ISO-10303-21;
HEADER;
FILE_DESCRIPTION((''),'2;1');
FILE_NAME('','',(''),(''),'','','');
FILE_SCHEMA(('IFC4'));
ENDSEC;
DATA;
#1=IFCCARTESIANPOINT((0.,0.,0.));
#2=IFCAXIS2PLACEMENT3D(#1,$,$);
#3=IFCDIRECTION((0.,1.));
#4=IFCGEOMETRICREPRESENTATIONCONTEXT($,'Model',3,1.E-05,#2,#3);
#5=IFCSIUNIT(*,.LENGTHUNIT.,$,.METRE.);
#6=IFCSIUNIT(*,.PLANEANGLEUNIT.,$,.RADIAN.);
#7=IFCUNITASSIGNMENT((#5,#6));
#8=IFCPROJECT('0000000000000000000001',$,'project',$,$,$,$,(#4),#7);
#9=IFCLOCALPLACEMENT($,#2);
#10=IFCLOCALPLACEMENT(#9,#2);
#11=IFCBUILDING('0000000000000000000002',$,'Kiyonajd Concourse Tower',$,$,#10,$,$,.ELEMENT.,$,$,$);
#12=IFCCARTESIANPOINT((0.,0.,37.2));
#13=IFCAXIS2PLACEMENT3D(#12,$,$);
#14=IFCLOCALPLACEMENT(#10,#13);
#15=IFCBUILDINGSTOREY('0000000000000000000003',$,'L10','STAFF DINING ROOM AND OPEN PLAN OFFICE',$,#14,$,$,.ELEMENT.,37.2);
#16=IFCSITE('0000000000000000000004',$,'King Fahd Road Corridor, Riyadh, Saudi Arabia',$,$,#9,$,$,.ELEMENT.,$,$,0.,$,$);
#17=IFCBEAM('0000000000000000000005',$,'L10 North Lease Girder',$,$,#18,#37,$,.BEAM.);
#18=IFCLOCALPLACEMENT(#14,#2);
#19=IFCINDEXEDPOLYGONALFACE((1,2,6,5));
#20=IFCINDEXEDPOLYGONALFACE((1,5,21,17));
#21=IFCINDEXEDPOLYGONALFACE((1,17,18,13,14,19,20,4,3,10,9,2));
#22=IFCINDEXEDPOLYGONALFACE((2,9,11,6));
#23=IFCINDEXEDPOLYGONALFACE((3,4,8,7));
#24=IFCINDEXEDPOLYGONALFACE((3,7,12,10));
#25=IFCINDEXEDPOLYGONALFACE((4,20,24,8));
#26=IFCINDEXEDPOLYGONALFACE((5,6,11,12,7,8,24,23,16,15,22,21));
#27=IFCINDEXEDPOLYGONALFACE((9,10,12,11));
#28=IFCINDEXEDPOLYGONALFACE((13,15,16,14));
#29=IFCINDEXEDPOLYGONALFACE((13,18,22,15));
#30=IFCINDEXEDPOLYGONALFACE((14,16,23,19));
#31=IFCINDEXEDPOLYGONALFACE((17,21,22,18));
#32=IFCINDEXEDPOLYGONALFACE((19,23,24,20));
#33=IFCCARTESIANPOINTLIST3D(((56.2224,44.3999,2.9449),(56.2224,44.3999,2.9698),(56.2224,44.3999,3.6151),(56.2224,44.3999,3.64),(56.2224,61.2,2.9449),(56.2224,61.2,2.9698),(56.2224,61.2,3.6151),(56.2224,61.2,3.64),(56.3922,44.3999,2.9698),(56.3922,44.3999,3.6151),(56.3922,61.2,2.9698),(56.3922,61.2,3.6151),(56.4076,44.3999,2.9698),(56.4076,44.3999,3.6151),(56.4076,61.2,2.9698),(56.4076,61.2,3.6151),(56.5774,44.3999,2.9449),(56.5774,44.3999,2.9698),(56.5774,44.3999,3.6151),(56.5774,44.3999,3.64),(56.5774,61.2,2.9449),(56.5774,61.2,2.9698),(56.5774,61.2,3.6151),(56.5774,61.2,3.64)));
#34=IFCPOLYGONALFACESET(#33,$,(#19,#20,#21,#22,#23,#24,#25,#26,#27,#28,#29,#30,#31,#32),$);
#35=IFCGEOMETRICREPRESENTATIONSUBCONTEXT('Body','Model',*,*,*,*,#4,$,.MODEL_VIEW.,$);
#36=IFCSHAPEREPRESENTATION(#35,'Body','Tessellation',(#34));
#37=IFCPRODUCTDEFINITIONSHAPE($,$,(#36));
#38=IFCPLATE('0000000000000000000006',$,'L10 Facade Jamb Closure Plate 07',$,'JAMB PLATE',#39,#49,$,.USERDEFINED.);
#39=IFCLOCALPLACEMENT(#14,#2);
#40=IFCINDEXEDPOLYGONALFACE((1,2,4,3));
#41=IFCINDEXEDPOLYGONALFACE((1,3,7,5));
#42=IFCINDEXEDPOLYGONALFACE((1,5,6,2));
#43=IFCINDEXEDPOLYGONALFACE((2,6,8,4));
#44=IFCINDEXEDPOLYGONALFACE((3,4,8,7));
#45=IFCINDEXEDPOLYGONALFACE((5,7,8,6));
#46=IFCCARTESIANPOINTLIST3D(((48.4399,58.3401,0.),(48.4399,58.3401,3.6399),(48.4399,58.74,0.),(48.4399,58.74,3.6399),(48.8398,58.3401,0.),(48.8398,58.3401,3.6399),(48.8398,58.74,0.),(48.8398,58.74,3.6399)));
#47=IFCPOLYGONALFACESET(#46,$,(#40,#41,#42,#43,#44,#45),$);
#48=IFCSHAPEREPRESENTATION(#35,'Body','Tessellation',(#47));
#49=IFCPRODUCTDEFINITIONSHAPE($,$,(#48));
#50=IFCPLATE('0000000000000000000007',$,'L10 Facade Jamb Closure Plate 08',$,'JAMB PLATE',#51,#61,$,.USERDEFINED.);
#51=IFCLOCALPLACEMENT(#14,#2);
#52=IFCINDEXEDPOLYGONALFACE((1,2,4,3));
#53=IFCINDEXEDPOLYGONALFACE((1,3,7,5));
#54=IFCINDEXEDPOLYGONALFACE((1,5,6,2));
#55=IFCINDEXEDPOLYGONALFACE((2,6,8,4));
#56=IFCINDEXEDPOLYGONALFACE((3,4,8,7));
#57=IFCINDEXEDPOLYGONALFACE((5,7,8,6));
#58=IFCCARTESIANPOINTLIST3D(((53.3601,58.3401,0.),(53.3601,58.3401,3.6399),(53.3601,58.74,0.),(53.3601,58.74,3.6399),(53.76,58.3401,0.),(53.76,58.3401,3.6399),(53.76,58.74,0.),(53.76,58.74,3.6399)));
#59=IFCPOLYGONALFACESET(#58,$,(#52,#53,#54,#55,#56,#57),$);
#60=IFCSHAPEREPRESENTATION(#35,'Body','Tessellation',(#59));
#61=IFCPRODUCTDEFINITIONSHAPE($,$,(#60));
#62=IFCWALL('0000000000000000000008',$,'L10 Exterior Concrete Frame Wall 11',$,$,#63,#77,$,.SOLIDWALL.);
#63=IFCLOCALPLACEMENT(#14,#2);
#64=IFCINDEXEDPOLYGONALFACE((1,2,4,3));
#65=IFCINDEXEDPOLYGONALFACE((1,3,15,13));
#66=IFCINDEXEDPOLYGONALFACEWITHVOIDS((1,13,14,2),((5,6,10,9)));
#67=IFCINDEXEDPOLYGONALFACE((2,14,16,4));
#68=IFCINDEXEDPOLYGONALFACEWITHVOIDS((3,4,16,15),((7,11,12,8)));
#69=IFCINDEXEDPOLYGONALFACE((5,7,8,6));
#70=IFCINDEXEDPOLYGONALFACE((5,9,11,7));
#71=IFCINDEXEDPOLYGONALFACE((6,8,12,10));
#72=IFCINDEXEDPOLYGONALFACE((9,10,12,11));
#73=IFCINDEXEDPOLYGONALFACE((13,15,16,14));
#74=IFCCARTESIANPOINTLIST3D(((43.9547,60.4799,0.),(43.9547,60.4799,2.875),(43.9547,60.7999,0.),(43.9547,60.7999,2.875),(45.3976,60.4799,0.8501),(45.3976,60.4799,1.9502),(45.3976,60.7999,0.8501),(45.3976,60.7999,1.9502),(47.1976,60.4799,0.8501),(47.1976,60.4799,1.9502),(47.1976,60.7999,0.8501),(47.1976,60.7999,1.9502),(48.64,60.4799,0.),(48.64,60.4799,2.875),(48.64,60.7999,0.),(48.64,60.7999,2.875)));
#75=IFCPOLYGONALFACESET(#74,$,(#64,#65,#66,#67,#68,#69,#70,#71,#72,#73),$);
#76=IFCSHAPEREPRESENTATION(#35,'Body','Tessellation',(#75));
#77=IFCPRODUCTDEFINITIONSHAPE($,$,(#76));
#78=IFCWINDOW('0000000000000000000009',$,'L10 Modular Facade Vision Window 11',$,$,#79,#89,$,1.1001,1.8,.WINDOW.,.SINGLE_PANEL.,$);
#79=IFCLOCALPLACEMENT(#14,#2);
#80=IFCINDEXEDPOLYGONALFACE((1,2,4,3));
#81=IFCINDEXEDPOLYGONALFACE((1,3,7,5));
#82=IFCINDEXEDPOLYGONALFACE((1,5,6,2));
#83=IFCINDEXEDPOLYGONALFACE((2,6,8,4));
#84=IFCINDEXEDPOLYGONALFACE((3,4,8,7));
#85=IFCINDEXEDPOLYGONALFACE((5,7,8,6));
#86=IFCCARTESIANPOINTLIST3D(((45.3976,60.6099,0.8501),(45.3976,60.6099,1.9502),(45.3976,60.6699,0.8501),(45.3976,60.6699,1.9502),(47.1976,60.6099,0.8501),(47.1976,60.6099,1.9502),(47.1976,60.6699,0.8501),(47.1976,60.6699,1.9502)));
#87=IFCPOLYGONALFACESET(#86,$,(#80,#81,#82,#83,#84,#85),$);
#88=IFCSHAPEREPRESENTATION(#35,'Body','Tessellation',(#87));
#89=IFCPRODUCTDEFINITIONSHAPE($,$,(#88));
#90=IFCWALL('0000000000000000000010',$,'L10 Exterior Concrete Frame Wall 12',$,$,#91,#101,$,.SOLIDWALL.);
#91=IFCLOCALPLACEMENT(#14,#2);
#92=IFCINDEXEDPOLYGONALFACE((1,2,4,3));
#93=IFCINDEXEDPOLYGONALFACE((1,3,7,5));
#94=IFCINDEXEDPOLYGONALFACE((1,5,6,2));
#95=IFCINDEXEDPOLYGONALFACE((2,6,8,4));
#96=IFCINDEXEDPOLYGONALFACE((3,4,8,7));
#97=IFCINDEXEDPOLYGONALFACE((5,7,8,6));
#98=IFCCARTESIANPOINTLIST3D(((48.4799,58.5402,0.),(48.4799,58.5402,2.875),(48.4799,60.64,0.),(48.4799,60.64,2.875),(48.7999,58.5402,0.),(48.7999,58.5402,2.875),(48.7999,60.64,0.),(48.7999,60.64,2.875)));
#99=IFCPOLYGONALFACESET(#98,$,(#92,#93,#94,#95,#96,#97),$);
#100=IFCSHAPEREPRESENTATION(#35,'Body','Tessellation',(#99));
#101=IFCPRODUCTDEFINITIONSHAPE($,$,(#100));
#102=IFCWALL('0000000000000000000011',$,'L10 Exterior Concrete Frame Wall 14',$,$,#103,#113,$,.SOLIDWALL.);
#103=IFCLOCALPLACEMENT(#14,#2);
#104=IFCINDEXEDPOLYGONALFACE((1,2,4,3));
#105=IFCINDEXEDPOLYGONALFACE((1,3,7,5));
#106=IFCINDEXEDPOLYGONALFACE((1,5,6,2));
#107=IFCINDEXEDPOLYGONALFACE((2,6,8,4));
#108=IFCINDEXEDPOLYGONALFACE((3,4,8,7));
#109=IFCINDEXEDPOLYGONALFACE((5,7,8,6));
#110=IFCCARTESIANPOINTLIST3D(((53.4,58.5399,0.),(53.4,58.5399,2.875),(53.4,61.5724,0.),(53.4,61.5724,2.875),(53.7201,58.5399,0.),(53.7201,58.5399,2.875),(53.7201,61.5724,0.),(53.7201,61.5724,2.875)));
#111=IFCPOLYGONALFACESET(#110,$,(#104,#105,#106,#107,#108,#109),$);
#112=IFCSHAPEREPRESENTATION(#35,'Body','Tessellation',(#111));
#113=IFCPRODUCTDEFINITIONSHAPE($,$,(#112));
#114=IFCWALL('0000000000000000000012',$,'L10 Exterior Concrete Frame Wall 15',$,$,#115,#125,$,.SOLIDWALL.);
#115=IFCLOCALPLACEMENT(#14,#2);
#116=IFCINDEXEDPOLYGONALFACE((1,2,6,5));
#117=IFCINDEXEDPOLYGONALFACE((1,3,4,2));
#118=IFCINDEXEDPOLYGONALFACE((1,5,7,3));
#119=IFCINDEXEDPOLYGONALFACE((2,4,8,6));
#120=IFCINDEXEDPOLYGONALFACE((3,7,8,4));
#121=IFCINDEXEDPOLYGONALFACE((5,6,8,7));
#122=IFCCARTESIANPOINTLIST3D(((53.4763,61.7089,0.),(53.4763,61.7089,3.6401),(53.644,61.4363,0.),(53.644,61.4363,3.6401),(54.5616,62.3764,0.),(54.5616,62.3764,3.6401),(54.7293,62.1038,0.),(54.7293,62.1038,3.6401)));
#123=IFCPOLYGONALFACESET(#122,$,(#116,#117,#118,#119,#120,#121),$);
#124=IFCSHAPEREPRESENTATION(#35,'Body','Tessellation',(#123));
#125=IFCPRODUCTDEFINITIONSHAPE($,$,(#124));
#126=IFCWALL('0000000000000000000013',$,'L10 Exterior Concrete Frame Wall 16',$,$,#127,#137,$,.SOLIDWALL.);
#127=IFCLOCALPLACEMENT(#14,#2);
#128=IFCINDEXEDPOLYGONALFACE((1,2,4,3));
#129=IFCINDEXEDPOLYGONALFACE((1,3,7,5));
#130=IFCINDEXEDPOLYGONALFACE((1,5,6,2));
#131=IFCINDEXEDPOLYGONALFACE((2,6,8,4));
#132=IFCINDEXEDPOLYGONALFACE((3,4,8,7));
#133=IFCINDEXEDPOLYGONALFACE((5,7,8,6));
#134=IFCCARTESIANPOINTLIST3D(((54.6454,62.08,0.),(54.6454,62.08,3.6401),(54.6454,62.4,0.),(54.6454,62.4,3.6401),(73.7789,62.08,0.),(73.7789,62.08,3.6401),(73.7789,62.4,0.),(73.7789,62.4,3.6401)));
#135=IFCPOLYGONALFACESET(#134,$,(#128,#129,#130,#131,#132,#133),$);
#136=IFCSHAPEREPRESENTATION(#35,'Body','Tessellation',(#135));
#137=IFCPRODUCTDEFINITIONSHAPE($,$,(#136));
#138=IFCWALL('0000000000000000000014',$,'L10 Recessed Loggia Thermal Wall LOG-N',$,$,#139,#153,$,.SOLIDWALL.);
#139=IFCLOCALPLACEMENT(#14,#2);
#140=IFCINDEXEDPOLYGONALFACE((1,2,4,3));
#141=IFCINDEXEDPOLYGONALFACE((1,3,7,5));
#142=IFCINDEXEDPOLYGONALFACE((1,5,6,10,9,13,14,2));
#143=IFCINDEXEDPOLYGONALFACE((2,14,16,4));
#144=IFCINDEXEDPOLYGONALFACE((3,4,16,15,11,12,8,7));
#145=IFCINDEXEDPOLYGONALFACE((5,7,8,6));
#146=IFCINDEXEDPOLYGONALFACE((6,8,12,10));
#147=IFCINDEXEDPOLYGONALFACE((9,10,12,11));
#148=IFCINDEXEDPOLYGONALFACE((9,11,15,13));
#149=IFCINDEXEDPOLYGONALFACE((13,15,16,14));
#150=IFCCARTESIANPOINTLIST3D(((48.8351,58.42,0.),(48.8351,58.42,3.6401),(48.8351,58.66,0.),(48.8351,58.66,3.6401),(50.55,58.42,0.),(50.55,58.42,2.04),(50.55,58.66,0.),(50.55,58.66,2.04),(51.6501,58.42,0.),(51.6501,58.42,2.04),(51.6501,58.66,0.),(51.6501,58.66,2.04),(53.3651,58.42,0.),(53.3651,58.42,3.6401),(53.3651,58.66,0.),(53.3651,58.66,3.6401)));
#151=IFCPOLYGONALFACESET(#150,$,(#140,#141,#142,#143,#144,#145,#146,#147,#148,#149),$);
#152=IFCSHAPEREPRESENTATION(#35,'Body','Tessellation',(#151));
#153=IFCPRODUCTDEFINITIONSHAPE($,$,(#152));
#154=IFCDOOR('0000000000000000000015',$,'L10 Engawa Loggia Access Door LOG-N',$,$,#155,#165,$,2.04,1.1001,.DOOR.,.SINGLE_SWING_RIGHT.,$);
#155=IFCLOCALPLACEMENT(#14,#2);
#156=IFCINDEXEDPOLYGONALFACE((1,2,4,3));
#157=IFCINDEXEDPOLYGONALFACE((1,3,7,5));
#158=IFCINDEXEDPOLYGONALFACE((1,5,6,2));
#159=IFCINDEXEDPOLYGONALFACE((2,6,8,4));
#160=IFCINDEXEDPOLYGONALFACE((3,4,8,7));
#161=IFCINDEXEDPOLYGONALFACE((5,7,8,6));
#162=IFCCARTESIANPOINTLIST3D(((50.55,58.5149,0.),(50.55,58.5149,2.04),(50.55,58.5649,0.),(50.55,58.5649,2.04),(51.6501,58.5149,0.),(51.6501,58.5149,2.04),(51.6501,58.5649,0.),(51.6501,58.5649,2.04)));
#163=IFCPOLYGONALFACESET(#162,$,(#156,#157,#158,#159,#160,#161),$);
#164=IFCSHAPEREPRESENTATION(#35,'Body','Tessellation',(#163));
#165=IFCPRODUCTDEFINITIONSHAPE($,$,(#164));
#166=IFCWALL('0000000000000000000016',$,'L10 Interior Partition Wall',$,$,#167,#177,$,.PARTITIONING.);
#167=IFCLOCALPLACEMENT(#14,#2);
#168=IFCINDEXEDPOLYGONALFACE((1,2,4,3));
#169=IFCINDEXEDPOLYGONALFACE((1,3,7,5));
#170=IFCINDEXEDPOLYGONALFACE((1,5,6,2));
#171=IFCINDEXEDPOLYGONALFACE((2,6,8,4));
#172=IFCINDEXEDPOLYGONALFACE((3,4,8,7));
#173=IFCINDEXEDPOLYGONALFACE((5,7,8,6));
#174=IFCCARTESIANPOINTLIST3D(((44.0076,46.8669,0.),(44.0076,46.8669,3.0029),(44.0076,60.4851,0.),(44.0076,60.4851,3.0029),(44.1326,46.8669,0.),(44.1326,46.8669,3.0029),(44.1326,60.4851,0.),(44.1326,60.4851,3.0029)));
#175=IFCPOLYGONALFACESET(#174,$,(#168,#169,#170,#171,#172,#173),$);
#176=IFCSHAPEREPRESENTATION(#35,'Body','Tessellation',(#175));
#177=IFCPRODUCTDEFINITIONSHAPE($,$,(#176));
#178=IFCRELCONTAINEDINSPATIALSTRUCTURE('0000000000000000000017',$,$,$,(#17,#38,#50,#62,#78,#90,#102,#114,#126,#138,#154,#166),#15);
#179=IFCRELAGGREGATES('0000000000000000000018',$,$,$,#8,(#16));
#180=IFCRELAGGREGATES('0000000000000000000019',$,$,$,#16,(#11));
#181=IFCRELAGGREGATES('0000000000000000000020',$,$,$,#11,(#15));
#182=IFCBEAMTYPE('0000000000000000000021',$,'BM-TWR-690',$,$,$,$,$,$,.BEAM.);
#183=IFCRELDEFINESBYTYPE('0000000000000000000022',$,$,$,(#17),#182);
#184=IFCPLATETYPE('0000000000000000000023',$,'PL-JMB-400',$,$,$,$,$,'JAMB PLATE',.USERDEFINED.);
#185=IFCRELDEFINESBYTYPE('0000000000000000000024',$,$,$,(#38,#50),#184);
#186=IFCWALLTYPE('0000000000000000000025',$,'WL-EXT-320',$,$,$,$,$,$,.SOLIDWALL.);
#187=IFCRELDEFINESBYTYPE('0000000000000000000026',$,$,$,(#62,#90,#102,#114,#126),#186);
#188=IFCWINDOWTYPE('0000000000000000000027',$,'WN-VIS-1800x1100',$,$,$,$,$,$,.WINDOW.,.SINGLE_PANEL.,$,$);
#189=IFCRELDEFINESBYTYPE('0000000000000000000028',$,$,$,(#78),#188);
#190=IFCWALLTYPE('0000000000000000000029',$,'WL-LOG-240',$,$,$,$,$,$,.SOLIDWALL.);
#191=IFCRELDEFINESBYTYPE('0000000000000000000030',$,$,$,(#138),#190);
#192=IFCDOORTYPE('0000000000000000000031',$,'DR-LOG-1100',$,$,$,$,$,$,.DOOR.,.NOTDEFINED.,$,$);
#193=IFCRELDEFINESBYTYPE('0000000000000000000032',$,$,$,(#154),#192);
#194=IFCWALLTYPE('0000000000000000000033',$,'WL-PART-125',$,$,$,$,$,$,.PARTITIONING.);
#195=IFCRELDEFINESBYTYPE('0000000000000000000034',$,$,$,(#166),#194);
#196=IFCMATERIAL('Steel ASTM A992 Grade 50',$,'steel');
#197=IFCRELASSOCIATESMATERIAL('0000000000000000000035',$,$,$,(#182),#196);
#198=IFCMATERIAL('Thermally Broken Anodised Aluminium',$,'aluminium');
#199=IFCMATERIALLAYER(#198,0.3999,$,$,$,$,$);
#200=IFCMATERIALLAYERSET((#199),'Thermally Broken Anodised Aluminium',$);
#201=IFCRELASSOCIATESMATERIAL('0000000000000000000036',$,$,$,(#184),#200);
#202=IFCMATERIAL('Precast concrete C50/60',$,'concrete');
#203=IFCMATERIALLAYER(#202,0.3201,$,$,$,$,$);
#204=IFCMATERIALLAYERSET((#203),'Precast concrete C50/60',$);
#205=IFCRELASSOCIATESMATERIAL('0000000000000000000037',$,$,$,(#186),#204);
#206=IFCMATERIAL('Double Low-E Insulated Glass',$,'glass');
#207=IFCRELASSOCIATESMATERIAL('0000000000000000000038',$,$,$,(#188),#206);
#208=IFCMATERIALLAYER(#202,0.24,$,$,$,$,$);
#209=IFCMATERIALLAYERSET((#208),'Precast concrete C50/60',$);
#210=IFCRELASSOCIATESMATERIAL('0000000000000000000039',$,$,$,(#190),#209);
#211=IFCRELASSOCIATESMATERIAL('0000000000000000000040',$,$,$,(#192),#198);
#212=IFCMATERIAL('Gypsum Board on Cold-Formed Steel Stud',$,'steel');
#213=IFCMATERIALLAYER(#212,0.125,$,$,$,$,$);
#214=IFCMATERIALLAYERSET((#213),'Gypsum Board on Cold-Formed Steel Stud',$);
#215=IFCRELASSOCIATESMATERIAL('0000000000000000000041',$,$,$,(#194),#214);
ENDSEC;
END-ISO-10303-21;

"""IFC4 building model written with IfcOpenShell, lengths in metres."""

from ifc_helpers import new_model, si_unit, direction, frame, frame_2d, origin, origin_2d, place, context, subcontext, project, spatial, rectangle, i_section, extrude, material, layer, layer_set, material_profile, profile_set, type_object, element, fill, save


model = new_model("IFC4")

# Units and contexts
model_context = context("Model", 3, precision=1e-05, world=origin(), true_north=direction((0.0, 1.0)))
body_context = subcontext(model_context, "Body", "Model", "MODEL_VIEW")
ifc_project = project(units=[si_unit("LENGTHUNIT", "METRE"), si_unit("PLANEANGLEUNIT", "RADIAN")], contexts=[model_context])

# Site, building, storey
site_placement = place(None, origin())
site = spatial("IfcSite", under=ifc_project, at=site_placement, Name="King Fahd Road Corridor, Riyadh, Saudi Arabia", CompositionType="ELEMENT", RefElevation=0.0)
building_placement = place(site_placement, origin())
building = spatial("IfcBuilding", under=site, at=building_placement, Name="Kiyonajd Concourse Tower", CompositionType="ELEMENT")
storey_placement = place(building_placement, frame((0.0, 0.0, 37.2)))
storey = spatial("IfcBuildingStorey", under=building, at=storey_placement, Name="L10", Description="STAFF DINING ROOM AND OPEN PLAN OFFICE", CompositionType="ELEMENT", Elevation=37.2)

# Beam
ifc_material_1 = material(Name="Steel ASTM A992 Grade 50", Category="steel")
ifc_material_2 = material(Name="Precast concrete C50/60", Category="concrete")
ifc_material_profile_1 = material_profile(ifc_material_1, i_section(OverallWidth=0.355, OverallDepth=0.6951, WebThickness=0.0154, FlangeThickness=0.0249, at=origin_2d()), Name="W690X217")
ifc_profile_set_1 = profile_set([ifc_material_profile_1], Name="Steel ASTM A992 Grade 50")
beam_type_1 = type_object("IfcBeamType", Name="BM-TWR-690", PredefinedType="BEAM", material=ifc_profile_set_1)
beam_1_placement = place(storey_placement, frame((56.3999, 44.3999, 3.2925), z_axis=(0.0, 1.0, 0.0), x_axis=(-1.0, 0.0, 0.0)))
element("IfcBeam", 1, at=beam_1_placement, inside=storey, type_object=beam_type_1, Name="L10 North Lease Girder", PredefinedType="BEAM", context=body_context, shape_type="SweptSolid", body=[
    extrude(i_section(OverallWidth=0.355, OverallDepth=0.6951, WebThickness=0.0154, FlangeThickness=0.0249, at=origin_2d()), origin(), (0.0, 0.0, 1.0), 16.8),
])

# Plates
ifc_material_3 = material(Name="Thermally Broken Anodised Aluminium", Category="aluminium")
ifc_layer_1 = layer(ifc_material_3, 0.3999)
ifc_layer_set_1 = layer_set([ifc_layer_1], Name="Thermally Broken Anodised Aluminium")
plate_type = type_object("IfcPlateType", Name="PL-JMB-400", ElementType="JAMB PLATE", PredefinedType="USERDEFINED", material=ifc_layer_set_1)
for number, where, z_axis, x_axis, name in (
    (2, (48.6399, 58.54, 0.0), (0.0, 0.0, 1.0), (1.0, 0.0, 0.0), "L10 Facade Jamb Closure Plate 07"),
    (3, (53.5601, 58.54, 0.0), (0.0, 0.0, 1.0), (1.0, 0.0, 0.0), "L10 Facade Jamb Closure Plate 08"),
):
    element("IfcPlate", number, at=place(storey_placement, frame(where, z_axis=z_axis, x_axis=x_axis)), inside=storey, type_object=plate_type, Name=name, ObjectType="JAMB PLATE", PredefinedType="USERDEFINED", context=body_context, shape_type="SweptSolid", body=[
        extrude(rectangle(XDim=0.3999, YDim=0.3999, at=origin_2d()), origin(), (0.0, 0.0, 1.0), 3.6399),
    ])

# Wall, opening, window
ifc_layer_2 = layer(ifc_material_2, 0.3201)
ifc_layer_set_2 = layer_set([ifc_layer_2], Name="Precast concrete C50/60")
wall_type_1 = type_object("IfcWallType", Name="WL-EXT-320", PredefinedType="SOLIDWALL", material=ifc_layer_set_2)
wall_1_placement = place(storey_placement, frame((43.9546, 60.6399, 0.0), z_axis=(0.0, 0.0, 1.0), x_axis=(1.0, 0.0, 0.0)))
wall_1 = element("IfcWall", 4, at=wall_1_placement, inside=storey, type_object=wall_type_1, Name="L10 Exterior Concrete Frame Wall 11", PredefinedType="SOLIDWALL", context=body_context, shape_type="SweptSolid", body=[
    extrude(rectangle(XDim=4.6853, YDim=0.3201, at=frame_2d((2.3428, 0.0))), origin(), (0.0, 0.0, 1.0), 2.875),
])
opening_1_placement = place(wall_1_placement, frame((1.4431, 0.0, 0.8501)))
opening_1 = element("IfcOpeningElement", 5, at=opening_1_placement, cuts=wall_1, PredefinedType="OPENING", context=body_context, shape_type="SweptSolid", body=[
    extrude(rectangle(XDim=1.8, YDim=1.1001, at=frame_2d((0.8999, 0.55))), frame((0.0, 0.1699, 0.0), z_axis=(0.0, -1.0, 0.0), x_axis=(1.0, 0.0, 0.0)), (0.0, 0.0, 1.0), 0.3401),
])
ifc_material_4 = material(Name="Double Low-E Insulated Glass", Category="glass")
window_type = type_object("IfcWindowType", Name="WN-VIS-1800x1100", PartitioningType="SINGLE_PANEL", PredefinedType="WINDOW", material=ifc_material_4)
window_placement = place(opening_1_placement, origin())
window = element("IfcWindow", 6, at=window_placement, inside=storey, type_object=window_type, Name="L10 Modular Facade Vision Window 11", OverallHeight=1.1001, OverallWidth=1.8, PartitioningType="SINGLE_PANEL", PredefinedType="WINDOW", context=body_context, shape_type="SweptSolid", body=[
    extrude(rectangle(XDim=1.8, YDim=1.1001, at=frame_2d((0.8999, 0.55))), frame((0.0, 0.03, 0.0), z_axis=(0.0, -1.0, 0.0), x_axis=(1.0, 0.0, 0.0)), (0.0, 0.0, 1.0), 0.0601),
])
fill(opening_1, window)

# Walls
wall_2_placement = place(storey_placement, frame((48.6399, 60.6399, 0.0), z_axis=(0.0, 0.0, 1.0), x_axis=(0.0, -1.0, 0.0)))
element("IfcWall", 7, at=wall_2_placement, inside=storey, type_object=wall_type_1, Name="L10 Exterior Concrete Frame Wall 12", PredefinedType="SOLIDWALL", context=body_context, shape_type="SweptSolid", body=[
    extrude(rectangle(XDim=2.0999, YDim=0.3201, at=frame_2d((1.0498, 0.0))), origin(), (0.0, 0.0, 1.0), 2.875),
])
wall_3_placement = place(storey_placement, frame((53.5601, 58.54, 0.0), z_axis=(0.0, 0.0, 1.0), x_axis=(0.0, 1.0, 0.0)))
element("IfcWall", 8, at=wall_3_placement, inside=storey, type_object=wall_type_1, Name="L10 Exterior Concrete Frame Wall 14", PredefinedType="SOLIDWALL", context=body_context, shape_type="SweptSolid", body=[
    extrude(rectangle(XDim=3.0325, YDim=0.3201, at=frame_2d((1.5161, 0.0))), origin(), (0.0, 0.0, 1.0), 2.875),
])
wall_4_placement = place(storey_placement, frame((53.5601, 61.5725, 0.0), z_axis=(0.0, 0.0, 1.0), x_axis=(0.851777, 0.523905, 0.0)))
element("IfcWall", 9, at=wall_4_placement, inside=storey, type_object=wall_type_1, Name="L10 Exterior Concrete Frame Wall 15", PredefinedType="SOLIDWALL", context=body_context, shape_type="SweptSolid", body=[
    extrude(rectangle(XDim=1.2742, YDim=0.3201, at=frame_2d((0.6372, 0.0))), origin(), (0.0, 0.0, 1.0), 3.6401),
])
wall_5_placement = place(storey_placement, frame((54.6453, 62.24, 0.0), z_axis=(0.0, 0.0, 1.0), x_axis=(1.0, 0.0, 0.0)))
element("IfcWall", 10, at=wall_5_placement, inside=storey, type_object=wall_type_1, Name="L10 Exterior Concrete Frame Wall 16", PredefinedType="SOLIDWALL", context=body_context, shape_type="SweptSolid", body=[
    extrude(rectangle(XDim=19.1335, YDim=0.3201, at=frame_2d((9.5669, 0.0))), origin(), (0.0, 0.0, 1.0), 3.6401),
])

# Wall, opening, door
ifc_layer_3 = layer(ifc_material_2, 0.24)
ifc_layer_set_3 = layer_set([ifc_layer_3], Name="Precast concrete C50/60")
wall_type_2 = type_object("IfcWallType", Name="WL-LOG-240", PredefinedType="SOLIDWALL", material=ifc_layer_set_3)
wall_6_placement = place(storey_placement, frame((48.835, 58.54, 0.0), z_axis=(0.0, 0.0, 1.0), x_axis=(1.0, 0.0, 0.0)))
wall_6 = element("IfcWall", 11, at=wall_6_placement, inside=storey, type_object=wall_type_2, Name="L10 Recessed Loggia Thermal Wall LOG-N", PredefinedType="SOLIDWALL", context=body_context, shape_type="SweptSolid", body=[
    extrude(rectangle(XDim=4.53, YDim=0.24, at=frame_2d((2.2651, 0.0))), origin(), (0.0, 0.0, 1.0), 3.6401),
])
opening_2_placement = place(wall_6_placement, frame((1.7151, 0.0, 0.0)))
opening_2 = element("IfcOpeningElement", 12, at=opening_2_placement, cuts=wall_6, PredefinedType="OPENING", context=body_context, shape_type="SweptSolid", body=[
    extrude(rectangle(XDim=1.1001, YDim=2.04, at=frame_2d((0.55, 1.02))), frame((0.0, 0.1299, 0.0), z_axis=(0.0, -1.0, 0.0), x_axis=(1.0, 0.0, 0.0)), (0.0, 0.0, 1.0), 0.26),
])
door_type = type_object("IfcDoorType", Name="DR-LOG-1100", OperationType="NOTDEFINED", PredefinedType="DOOR", material=ifc_material_3)
door_placement = place(opening_2_placement, origin())
door = element("IfcDoor", 13, at=door_placement, inside=storey, type_object=door_type, Name="L10 Engawa Loggia Access Door LOG-N", OperationType="SINGLE_SWING_RIGHT", OverallHeight=2.04, OverallWidth=1.1001, PredefinedType="DOOR", context=body_context, shape_type="SweptSolid", body=[
    extrude(rectangle(XDim=1.1001, YDim=2.04, at=frame_2d((0.55, 1.02))), frame((0.0, 0.0249, 0.0), z_axis=(0.0, -1.0, 0.0), x_axis=(1.0, 0.0, 0.0)), (0.0, 0.0, 1.0), 0.05),
])
fill(opening_2, door)

# Wall
ifc_material_5 = material(Name="Gypsum Board on Cold-Formed Steel Stud", Category="steel")
ifc_layer_4 = layer(ifc_material_5, 0.125)
ifc_layer_set_4 = layer_set([ifc_layer_4], Name="Gypsum Board on Cold-Formed Steel Stud")
wall_type_3 = type_object("IfcWallType", Name="WL-PART-125", PredefinedType="PARTITIONING", material=ifc_layer_set_4)
wall_7_placement = place(storey_placement, frame((44.0701, 46.8669, 0.0), z_axis=(0.0, 0.0, 1.0), x_axis=(0.0, 1.0, 0.0)))
element("IfcWall", 14, at=wall_7_placement, inside=storey, type_object=wall_type_3, Name="L10 Interior Partition Wall", PredefinedType="PARTITIONING", context=body_context, shape_type="SweptSolid", body=[
    extrude(rectangle(XDim=13.6182, YDim=0.125, at=frame_2d((6.8091, 0.0))), origin(), (0.0, 0.0, 1.0), 3.0029),
])

save(model, "model.ifc")
